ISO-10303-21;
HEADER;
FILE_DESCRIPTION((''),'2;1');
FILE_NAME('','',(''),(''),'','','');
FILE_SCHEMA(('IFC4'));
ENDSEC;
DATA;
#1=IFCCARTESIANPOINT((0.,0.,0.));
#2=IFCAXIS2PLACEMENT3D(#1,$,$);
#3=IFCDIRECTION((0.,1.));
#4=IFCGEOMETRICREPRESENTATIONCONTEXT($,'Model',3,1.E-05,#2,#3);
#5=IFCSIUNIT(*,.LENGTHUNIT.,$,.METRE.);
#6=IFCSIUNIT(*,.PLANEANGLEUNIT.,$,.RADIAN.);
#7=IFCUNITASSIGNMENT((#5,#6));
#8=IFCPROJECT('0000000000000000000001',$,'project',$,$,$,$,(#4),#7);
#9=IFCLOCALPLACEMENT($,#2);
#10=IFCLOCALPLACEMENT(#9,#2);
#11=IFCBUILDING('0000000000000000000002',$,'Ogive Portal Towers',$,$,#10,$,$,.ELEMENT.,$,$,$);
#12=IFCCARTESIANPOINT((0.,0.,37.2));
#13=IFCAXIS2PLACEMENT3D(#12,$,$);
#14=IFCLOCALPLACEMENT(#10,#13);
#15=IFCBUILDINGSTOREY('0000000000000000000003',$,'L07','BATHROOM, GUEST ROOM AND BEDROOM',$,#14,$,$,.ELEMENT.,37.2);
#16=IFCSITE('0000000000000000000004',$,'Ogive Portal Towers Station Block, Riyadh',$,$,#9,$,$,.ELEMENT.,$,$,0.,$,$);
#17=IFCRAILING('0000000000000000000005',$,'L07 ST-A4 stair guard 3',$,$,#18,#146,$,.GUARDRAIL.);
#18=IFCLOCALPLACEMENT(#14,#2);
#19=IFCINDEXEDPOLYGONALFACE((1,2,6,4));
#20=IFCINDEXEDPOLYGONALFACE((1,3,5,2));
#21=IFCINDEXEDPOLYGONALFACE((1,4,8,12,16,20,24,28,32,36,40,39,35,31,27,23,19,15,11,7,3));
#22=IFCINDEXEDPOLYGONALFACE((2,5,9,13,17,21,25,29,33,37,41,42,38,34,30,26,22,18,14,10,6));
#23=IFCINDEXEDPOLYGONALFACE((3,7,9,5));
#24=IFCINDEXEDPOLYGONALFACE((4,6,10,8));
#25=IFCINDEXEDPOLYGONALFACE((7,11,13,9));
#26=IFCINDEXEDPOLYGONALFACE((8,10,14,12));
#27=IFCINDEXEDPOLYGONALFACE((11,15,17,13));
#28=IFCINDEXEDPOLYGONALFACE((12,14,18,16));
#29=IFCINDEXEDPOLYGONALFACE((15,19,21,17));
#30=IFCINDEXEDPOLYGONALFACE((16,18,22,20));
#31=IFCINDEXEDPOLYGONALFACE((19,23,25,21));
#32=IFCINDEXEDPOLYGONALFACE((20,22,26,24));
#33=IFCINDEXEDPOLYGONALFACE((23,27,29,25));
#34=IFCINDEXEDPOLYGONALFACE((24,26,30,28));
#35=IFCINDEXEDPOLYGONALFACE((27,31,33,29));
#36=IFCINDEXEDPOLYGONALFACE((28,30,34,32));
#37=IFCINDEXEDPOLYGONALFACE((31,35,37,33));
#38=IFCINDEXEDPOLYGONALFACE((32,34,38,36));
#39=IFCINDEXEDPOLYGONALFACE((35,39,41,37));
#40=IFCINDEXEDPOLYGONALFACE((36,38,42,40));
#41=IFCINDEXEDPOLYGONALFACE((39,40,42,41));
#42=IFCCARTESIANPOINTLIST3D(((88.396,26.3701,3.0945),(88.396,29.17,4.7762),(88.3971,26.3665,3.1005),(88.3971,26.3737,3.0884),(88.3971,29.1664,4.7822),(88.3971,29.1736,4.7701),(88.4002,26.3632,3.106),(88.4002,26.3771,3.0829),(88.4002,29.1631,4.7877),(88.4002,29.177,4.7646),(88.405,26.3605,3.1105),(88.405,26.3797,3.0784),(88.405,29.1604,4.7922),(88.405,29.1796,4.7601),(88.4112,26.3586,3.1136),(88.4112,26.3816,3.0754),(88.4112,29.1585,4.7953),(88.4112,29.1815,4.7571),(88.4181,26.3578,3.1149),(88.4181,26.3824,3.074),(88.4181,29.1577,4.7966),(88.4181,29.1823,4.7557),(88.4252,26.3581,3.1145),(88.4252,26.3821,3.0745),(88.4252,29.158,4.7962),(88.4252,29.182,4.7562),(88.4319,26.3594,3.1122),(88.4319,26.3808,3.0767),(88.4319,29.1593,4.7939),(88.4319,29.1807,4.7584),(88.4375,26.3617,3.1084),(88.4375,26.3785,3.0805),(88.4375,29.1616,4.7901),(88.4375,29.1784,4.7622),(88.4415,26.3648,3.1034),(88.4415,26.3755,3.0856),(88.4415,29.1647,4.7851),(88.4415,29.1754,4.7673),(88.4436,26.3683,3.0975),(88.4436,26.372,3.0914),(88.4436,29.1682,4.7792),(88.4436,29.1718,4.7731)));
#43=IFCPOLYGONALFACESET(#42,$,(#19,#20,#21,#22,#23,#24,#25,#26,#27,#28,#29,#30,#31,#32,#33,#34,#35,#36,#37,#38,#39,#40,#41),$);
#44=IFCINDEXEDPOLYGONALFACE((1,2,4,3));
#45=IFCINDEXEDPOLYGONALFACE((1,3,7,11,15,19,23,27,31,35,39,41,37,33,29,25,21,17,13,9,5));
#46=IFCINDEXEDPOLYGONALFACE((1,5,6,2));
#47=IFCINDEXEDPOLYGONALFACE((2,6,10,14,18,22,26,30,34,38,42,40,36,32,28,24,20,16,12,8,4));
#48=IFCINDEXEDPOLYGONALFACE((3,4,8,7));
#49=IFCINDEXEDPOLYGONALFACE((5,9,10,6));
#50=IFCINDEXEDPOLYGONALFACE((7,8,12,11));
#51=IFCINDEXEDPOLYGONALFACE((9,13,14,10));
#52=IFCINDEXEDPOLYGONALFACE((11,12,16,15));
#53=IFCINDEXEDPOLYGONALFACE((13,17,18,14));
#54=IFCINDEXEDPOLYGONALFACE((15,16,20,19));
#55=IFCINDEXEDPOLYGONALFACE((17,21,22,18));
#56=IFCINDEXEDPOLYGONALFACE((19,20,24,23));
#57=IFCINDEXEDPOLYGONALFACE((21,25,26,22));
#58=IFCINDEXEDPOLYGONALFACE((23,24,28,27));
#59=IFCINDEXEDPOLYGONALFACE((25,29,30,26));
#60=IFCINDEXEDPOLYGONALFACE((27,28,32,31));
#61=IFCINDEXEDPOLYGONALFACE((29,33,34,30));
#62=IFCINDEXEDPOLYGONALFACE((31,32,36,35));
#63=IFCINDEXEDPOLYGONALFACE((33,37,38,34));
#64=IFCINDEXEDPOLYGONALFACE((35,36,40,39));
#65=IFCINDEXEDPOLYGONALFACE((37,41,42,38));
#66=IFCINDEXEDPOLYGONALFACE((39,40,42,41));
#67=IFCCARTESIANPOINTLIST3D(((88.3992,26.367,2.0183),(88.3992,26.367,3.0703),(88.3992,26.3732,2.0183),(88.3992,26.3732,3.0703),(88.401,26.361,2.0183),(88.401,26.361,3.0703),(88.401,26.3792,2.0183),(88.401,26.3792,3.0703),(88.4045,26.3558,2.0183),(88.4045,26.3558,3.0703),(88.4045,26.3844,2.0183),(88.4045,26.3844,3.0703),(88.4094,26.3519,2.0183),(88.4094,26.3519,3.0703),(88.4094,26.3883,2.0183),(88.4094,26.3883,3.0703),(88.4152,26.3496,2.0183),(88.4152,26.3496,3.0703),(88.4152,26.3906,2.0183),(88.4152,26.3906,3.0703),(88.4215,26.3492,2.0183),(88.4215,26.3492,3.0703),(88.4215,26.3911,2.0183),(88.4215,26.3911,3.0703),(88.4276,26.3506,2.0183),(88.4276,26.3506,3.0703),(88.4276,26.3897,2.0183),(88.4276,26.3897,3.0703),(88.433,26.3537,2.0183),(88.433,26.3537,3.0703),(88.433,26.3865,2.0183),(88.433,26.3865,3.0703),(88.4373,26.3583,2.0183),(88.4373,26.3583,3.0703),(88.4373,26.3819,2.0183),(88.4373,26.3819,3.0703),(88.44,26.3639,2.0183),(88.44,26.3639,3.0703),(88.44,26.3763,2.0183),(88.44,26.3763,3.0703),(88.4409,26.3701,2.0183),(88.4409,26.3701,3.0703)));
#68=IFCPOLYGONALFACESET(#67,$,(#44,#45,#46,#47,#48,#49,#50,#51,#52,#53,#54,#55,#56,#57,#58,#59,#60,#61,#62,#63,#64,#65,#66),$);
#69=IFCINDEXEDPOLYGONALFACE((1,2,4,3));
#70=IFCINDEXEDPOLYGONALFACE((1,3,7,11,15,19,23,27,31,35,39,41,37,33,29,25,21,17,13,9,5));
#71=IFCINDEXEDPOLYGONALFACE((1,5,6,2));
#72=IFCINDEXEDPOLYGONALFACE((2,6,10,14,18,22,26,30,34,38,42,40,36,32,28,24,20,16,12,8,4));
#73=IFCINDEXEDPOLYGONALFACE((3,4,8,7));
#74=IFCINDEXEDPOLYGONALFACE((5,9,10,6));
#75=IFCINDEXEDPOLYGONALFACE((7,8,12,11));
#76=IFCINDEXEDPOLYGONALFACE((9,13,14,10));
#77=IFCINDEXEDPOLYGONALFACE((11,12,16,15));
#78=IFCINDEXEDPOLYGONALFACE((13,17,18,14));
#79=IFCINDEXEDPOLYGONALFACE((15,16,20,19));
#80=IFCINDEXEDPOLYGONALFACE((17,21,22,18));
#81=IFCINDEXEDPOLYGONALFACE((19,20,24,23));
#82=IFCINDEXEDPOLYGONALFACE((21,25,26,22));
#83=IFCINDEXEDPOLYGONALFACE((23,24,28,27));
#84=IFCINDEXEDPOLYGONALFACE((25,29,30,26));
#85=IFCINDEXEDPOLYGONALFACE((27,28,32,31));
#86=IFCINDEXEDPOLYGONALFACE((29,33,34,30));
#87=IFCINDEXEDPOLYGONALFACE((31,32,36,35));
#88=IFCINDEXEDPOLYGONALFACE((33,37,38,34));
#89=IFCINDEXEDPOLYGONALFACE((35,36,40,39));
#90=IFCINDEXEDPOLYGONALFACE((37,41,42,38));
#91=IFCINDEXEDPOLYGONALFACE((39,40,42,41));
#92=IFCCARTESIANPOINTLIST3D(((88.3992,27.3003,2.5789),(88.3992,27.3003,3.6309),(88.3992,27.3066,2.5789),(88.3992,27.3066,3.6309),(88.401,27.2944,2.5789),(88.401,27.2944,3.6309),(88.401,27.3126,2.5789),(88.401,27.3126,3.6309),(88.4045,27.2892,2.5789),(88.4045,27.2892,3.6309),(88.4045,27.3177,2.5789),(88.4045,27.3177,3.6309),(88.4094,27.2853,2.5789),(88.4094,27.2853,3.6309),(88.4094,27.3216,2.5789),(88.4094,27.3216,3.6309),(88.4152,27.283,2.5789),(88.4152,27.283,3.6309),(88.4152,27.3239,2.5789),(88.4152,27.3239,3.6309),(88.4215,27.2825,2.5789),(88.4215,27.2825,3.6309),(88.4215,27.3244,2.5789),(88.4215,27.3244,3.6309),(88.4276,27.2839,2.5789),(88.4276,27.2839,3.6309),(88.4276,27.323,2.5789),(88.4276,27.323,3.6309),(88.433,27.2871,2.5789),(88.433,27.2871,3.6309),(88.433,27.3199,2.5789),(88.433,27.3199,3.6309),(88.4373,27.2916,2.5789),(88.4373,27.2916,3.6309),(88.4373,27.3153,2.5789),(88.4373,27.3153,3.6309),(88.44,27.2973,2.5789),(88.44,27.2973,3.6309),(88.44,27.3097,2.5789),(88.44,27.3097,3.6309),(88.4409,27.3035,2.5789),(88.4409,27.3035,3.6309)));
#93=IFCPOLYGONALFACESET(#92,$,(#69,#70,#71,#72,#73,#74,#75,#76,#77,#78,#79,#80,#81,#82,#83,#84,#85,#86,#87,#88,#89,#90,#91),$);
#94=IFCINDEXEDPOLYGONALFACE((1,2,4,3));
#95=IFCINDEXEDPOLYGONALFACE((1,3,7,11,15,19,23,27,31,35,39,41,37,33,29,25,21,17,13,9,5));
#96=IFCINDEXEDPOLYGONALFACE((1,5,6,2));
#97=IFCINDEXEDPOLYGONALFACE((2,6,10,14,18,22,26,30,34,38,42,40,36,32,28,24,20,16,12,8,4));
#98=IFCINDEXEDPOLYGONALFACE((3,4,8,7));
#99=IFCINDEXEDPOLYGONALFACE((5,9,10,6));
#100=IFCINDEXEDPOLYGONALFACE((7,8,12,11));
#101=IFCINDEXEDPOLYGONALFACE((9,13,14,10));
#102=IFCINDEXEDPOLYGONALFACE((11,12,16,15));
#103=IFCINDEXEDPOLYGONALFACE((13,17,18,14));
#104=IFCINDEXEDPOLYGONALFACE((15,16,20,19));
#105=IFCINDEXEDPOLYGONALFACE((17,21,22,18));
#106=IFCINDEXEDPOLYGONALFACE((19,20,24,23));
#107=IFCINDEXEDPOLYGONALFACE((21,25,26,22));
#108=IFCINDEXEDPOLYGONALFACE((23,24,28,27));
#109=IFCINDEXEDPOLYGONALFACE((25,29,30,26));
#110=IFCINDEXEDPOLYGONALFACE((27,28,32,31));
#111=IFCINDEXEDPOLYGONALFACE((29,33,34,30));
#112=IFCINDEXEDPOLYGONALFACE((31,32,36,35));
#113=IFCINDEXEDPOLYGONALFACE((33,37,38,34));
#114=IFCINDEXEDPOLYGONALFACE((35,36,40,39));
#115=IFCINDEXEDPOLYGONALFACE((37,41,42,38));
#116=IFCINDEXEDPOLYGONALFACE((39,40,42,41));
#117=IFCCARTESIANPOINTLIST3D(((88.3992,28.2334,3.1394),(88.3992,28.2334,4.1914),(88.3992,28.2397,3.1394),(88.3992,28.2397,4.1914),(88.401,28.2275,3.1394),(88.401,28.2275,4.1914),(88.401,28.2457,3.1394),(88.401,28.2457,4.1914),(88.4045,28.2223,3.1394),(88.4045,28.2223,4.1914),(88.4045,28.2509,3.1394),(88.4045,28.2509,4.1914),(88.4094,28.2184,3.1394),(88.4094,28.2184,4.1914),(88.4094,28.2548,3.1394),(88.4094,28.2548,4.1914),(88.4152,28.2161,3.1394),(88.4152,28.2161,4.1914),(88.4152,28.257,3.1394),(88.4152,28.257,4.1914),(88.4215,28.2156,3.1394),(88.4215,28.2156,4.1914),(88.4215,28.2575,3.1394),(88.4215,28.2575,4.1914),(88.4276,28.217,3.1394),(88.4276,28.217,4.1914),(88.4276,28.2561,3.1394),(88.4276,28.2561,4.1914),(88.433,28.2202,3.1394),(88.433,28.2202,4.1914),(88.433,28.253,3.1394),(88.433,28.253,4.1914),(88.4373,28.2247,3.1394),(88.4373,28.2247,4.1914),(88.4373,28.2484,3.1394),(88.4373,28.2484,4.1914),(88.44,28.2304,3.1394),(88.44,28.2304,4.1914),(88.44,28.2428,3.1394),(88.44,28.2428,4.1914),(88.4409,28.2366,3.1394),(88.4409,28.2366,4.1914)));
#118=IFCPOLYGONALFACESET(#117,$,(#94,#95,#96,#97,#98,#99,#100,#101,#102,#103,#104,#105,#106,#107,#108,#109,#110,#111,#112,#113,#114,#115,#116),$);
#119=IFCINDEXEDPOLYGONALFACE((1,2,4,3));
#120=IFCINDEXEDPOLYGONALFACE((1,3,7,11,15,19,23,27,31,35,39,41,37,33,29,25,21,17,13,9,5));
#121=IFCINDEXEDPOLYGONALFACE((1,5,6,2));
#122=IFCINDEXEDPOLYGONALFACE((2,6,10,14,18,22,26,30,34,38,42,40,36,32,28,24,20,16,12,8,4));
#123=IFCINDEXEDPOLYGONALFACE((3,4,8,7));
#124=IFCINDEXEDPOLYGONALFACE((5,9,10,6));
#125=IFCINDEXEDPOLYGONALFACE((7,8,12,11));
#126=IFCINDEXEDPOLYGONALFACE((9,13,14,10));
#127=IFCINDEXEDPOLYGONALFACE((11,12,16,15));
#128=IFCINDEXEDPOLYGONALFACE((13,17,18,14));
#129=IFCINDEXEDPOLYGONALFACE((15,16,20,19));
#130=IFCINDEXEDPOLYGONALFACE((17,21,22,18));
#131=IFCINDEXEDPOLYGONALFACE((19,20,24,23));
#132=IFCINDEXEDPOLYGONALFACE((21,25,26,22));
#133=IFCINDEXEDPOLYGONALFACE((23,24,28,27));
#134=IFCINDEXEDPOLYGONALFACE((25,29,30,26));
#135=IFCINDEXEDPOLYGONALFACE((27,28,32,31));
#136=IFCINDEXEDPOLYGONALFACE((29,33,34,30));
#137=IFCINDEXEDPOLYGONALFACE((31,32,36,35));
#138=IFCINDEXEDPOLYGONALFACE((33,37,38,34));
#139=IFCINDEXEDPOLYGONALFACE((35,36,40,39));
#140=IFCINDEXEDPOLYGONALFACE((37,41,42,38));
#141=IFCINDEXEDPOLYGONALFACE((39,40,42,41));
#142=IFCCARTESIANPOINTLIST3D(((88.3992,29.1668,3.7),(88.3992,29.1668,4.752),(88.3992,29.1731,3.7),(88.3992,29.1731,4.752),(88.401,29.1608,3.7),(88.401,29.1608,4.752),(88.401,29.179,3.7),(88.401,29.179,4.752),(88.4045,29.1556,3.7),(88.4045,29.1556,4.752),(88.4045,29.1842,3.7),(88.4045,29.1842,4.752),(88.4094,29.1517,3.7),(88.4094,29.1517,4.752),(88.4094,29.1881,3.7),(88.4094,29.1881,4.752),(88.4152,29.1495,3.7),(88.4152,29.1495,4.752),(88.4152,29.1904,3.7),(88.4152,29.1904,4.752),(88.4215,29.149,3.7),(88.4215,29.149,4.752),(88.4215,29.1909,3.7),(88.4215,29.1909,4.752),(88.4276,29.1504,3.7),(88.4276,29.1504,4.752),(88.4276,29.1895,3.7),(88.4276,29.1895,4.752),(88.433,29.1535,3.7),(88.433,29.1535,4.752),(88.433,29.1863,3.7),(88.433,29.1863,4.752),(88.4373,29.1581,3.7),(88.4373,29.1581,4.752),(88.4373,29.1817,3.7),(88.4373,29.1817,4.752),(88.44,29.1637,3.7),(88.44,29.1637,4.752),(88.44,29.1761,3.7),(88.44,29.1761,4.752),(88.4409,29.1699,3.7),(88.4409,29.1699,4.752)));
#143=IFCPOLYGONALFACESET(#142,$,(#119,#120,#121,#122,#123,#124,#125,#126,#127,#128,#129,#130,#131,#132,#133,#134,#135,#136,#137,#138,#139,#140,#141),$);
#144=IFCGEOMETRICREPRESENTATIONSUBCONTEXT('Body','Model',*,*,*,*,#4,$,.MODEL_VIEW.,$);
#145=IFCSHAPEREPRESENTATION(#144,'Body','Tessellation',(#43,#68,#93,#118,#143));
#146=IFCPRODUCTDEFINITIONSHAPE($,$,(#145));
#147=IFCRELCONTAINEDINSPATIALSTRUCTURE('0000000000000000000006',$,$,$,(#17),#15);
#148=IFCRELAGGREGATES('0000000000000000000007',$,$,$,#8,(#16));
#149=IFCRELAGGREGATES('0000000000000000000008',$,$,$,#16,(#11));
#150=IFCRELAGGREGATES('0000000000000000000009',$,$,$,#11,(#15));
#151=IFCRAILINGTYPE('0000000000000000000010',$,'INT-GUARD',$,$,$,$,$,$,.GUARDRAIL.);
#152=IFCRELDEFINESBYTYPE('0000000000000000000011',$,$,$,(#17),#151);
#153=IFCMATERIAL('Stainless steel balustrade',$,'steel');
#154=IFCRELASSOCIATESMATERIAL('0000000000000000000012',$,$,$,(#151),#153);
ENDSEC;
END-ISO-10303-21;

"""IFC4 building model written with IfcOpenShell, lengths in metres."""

from ifc_helpers import new_model, si_unit, direction, frame, origin, origin_2d, place, context, subcontext, project, spatial, circle, extrude, material, type_object, element, save


model = new_model("IFC4")

# Units and contexts
model_context = context("Model", 3, precision=1e-05, world=origin(), true_north=direction((0.0, 1.0)))
body_context = subcontext(model_context, "Body", "Model", "MODEL_VIEW")
ifc_project = project(units=[si_unit("LENGTHUNIT", "METRE"), si_unit("PLANEANGLEUNIT", "RADIAN")], contexts=[model_context])

# Site, building, storey
site_placement = place(None, origin())
site = spatial("IfcSite", under=ifc_project, at=site_placement, Name="Ogive Portal Towers Station Block, Riyadh", CompositionType="ELEMENT", RefElevation=0.0)
building_placement = place(site_placement, origin())
building = spatial("IfcBuilding", under=site, at=building_placement, Name="Ogive Portal Towers", CompositionType="ELEMENT")
storey_placement = place(building_placement, frame((0.0, 0.0, 37.2)))
storey = spatial("IfcBuildingStorey", under=building, at=storey_placement, Name="L07", Description="BATHROOM, GUEST ROOM AND BEDROOM", CompositionType="ELEMENT", Elevation=37.2)

# Railing
ifc_material_1 = material(Name="Stainless steel balustrade", Category="steel")
railing_type_1 = type_object("IfcRailingType", Name="INT-GUARD", PredefinedType="GUARDRAIL", material=ifc_material_1)
railing_1_placement = place(storey_placement, frame((88.4199, 26.3701, 2.0183)))
element("IfcRailing", 1, at=railing_1_placement, inside=storey, type_object=railing_type_1, Name="L07 ST-A4 stair guard 3", PredefinedType="GUARDRAIL", context=body_context, shape_type="SweptSolid", body=[
    extrude(circle(Radius=0.0239, at=origin_2d()), frame((0.0, 0.0, 1.0762), z_axis=(0.0, 0.857255, 0.514891), x_axis=(-1.0, 0.0, 0.0)), (0.0, 0.0, 1.0), 3.2661),
    extrude(circle(Radius=0.021, at=origin_2d()), origin(), (0.0, 0.0, 1.0), 1.052),
    extrude(circle(Radius=0.021, at=origin_2d()), frame((0.0, 0.9333, 0.5605)), (0.0, 0.0, 1.0), 1.052),
    extrude(circle(Radius=0.021, at=origin_2d()), frame((0.0, 1.8665, 1.1211)), (0.0, 0.0, 1.0), 1.052),
    extrude(circle(Radius=0.021, at=origin_2d()), frame((0.0, 2.7998, 1.6816)), (0.0, 0.0, 1.0), 1.052),
])

save(model, "model.ifc")
